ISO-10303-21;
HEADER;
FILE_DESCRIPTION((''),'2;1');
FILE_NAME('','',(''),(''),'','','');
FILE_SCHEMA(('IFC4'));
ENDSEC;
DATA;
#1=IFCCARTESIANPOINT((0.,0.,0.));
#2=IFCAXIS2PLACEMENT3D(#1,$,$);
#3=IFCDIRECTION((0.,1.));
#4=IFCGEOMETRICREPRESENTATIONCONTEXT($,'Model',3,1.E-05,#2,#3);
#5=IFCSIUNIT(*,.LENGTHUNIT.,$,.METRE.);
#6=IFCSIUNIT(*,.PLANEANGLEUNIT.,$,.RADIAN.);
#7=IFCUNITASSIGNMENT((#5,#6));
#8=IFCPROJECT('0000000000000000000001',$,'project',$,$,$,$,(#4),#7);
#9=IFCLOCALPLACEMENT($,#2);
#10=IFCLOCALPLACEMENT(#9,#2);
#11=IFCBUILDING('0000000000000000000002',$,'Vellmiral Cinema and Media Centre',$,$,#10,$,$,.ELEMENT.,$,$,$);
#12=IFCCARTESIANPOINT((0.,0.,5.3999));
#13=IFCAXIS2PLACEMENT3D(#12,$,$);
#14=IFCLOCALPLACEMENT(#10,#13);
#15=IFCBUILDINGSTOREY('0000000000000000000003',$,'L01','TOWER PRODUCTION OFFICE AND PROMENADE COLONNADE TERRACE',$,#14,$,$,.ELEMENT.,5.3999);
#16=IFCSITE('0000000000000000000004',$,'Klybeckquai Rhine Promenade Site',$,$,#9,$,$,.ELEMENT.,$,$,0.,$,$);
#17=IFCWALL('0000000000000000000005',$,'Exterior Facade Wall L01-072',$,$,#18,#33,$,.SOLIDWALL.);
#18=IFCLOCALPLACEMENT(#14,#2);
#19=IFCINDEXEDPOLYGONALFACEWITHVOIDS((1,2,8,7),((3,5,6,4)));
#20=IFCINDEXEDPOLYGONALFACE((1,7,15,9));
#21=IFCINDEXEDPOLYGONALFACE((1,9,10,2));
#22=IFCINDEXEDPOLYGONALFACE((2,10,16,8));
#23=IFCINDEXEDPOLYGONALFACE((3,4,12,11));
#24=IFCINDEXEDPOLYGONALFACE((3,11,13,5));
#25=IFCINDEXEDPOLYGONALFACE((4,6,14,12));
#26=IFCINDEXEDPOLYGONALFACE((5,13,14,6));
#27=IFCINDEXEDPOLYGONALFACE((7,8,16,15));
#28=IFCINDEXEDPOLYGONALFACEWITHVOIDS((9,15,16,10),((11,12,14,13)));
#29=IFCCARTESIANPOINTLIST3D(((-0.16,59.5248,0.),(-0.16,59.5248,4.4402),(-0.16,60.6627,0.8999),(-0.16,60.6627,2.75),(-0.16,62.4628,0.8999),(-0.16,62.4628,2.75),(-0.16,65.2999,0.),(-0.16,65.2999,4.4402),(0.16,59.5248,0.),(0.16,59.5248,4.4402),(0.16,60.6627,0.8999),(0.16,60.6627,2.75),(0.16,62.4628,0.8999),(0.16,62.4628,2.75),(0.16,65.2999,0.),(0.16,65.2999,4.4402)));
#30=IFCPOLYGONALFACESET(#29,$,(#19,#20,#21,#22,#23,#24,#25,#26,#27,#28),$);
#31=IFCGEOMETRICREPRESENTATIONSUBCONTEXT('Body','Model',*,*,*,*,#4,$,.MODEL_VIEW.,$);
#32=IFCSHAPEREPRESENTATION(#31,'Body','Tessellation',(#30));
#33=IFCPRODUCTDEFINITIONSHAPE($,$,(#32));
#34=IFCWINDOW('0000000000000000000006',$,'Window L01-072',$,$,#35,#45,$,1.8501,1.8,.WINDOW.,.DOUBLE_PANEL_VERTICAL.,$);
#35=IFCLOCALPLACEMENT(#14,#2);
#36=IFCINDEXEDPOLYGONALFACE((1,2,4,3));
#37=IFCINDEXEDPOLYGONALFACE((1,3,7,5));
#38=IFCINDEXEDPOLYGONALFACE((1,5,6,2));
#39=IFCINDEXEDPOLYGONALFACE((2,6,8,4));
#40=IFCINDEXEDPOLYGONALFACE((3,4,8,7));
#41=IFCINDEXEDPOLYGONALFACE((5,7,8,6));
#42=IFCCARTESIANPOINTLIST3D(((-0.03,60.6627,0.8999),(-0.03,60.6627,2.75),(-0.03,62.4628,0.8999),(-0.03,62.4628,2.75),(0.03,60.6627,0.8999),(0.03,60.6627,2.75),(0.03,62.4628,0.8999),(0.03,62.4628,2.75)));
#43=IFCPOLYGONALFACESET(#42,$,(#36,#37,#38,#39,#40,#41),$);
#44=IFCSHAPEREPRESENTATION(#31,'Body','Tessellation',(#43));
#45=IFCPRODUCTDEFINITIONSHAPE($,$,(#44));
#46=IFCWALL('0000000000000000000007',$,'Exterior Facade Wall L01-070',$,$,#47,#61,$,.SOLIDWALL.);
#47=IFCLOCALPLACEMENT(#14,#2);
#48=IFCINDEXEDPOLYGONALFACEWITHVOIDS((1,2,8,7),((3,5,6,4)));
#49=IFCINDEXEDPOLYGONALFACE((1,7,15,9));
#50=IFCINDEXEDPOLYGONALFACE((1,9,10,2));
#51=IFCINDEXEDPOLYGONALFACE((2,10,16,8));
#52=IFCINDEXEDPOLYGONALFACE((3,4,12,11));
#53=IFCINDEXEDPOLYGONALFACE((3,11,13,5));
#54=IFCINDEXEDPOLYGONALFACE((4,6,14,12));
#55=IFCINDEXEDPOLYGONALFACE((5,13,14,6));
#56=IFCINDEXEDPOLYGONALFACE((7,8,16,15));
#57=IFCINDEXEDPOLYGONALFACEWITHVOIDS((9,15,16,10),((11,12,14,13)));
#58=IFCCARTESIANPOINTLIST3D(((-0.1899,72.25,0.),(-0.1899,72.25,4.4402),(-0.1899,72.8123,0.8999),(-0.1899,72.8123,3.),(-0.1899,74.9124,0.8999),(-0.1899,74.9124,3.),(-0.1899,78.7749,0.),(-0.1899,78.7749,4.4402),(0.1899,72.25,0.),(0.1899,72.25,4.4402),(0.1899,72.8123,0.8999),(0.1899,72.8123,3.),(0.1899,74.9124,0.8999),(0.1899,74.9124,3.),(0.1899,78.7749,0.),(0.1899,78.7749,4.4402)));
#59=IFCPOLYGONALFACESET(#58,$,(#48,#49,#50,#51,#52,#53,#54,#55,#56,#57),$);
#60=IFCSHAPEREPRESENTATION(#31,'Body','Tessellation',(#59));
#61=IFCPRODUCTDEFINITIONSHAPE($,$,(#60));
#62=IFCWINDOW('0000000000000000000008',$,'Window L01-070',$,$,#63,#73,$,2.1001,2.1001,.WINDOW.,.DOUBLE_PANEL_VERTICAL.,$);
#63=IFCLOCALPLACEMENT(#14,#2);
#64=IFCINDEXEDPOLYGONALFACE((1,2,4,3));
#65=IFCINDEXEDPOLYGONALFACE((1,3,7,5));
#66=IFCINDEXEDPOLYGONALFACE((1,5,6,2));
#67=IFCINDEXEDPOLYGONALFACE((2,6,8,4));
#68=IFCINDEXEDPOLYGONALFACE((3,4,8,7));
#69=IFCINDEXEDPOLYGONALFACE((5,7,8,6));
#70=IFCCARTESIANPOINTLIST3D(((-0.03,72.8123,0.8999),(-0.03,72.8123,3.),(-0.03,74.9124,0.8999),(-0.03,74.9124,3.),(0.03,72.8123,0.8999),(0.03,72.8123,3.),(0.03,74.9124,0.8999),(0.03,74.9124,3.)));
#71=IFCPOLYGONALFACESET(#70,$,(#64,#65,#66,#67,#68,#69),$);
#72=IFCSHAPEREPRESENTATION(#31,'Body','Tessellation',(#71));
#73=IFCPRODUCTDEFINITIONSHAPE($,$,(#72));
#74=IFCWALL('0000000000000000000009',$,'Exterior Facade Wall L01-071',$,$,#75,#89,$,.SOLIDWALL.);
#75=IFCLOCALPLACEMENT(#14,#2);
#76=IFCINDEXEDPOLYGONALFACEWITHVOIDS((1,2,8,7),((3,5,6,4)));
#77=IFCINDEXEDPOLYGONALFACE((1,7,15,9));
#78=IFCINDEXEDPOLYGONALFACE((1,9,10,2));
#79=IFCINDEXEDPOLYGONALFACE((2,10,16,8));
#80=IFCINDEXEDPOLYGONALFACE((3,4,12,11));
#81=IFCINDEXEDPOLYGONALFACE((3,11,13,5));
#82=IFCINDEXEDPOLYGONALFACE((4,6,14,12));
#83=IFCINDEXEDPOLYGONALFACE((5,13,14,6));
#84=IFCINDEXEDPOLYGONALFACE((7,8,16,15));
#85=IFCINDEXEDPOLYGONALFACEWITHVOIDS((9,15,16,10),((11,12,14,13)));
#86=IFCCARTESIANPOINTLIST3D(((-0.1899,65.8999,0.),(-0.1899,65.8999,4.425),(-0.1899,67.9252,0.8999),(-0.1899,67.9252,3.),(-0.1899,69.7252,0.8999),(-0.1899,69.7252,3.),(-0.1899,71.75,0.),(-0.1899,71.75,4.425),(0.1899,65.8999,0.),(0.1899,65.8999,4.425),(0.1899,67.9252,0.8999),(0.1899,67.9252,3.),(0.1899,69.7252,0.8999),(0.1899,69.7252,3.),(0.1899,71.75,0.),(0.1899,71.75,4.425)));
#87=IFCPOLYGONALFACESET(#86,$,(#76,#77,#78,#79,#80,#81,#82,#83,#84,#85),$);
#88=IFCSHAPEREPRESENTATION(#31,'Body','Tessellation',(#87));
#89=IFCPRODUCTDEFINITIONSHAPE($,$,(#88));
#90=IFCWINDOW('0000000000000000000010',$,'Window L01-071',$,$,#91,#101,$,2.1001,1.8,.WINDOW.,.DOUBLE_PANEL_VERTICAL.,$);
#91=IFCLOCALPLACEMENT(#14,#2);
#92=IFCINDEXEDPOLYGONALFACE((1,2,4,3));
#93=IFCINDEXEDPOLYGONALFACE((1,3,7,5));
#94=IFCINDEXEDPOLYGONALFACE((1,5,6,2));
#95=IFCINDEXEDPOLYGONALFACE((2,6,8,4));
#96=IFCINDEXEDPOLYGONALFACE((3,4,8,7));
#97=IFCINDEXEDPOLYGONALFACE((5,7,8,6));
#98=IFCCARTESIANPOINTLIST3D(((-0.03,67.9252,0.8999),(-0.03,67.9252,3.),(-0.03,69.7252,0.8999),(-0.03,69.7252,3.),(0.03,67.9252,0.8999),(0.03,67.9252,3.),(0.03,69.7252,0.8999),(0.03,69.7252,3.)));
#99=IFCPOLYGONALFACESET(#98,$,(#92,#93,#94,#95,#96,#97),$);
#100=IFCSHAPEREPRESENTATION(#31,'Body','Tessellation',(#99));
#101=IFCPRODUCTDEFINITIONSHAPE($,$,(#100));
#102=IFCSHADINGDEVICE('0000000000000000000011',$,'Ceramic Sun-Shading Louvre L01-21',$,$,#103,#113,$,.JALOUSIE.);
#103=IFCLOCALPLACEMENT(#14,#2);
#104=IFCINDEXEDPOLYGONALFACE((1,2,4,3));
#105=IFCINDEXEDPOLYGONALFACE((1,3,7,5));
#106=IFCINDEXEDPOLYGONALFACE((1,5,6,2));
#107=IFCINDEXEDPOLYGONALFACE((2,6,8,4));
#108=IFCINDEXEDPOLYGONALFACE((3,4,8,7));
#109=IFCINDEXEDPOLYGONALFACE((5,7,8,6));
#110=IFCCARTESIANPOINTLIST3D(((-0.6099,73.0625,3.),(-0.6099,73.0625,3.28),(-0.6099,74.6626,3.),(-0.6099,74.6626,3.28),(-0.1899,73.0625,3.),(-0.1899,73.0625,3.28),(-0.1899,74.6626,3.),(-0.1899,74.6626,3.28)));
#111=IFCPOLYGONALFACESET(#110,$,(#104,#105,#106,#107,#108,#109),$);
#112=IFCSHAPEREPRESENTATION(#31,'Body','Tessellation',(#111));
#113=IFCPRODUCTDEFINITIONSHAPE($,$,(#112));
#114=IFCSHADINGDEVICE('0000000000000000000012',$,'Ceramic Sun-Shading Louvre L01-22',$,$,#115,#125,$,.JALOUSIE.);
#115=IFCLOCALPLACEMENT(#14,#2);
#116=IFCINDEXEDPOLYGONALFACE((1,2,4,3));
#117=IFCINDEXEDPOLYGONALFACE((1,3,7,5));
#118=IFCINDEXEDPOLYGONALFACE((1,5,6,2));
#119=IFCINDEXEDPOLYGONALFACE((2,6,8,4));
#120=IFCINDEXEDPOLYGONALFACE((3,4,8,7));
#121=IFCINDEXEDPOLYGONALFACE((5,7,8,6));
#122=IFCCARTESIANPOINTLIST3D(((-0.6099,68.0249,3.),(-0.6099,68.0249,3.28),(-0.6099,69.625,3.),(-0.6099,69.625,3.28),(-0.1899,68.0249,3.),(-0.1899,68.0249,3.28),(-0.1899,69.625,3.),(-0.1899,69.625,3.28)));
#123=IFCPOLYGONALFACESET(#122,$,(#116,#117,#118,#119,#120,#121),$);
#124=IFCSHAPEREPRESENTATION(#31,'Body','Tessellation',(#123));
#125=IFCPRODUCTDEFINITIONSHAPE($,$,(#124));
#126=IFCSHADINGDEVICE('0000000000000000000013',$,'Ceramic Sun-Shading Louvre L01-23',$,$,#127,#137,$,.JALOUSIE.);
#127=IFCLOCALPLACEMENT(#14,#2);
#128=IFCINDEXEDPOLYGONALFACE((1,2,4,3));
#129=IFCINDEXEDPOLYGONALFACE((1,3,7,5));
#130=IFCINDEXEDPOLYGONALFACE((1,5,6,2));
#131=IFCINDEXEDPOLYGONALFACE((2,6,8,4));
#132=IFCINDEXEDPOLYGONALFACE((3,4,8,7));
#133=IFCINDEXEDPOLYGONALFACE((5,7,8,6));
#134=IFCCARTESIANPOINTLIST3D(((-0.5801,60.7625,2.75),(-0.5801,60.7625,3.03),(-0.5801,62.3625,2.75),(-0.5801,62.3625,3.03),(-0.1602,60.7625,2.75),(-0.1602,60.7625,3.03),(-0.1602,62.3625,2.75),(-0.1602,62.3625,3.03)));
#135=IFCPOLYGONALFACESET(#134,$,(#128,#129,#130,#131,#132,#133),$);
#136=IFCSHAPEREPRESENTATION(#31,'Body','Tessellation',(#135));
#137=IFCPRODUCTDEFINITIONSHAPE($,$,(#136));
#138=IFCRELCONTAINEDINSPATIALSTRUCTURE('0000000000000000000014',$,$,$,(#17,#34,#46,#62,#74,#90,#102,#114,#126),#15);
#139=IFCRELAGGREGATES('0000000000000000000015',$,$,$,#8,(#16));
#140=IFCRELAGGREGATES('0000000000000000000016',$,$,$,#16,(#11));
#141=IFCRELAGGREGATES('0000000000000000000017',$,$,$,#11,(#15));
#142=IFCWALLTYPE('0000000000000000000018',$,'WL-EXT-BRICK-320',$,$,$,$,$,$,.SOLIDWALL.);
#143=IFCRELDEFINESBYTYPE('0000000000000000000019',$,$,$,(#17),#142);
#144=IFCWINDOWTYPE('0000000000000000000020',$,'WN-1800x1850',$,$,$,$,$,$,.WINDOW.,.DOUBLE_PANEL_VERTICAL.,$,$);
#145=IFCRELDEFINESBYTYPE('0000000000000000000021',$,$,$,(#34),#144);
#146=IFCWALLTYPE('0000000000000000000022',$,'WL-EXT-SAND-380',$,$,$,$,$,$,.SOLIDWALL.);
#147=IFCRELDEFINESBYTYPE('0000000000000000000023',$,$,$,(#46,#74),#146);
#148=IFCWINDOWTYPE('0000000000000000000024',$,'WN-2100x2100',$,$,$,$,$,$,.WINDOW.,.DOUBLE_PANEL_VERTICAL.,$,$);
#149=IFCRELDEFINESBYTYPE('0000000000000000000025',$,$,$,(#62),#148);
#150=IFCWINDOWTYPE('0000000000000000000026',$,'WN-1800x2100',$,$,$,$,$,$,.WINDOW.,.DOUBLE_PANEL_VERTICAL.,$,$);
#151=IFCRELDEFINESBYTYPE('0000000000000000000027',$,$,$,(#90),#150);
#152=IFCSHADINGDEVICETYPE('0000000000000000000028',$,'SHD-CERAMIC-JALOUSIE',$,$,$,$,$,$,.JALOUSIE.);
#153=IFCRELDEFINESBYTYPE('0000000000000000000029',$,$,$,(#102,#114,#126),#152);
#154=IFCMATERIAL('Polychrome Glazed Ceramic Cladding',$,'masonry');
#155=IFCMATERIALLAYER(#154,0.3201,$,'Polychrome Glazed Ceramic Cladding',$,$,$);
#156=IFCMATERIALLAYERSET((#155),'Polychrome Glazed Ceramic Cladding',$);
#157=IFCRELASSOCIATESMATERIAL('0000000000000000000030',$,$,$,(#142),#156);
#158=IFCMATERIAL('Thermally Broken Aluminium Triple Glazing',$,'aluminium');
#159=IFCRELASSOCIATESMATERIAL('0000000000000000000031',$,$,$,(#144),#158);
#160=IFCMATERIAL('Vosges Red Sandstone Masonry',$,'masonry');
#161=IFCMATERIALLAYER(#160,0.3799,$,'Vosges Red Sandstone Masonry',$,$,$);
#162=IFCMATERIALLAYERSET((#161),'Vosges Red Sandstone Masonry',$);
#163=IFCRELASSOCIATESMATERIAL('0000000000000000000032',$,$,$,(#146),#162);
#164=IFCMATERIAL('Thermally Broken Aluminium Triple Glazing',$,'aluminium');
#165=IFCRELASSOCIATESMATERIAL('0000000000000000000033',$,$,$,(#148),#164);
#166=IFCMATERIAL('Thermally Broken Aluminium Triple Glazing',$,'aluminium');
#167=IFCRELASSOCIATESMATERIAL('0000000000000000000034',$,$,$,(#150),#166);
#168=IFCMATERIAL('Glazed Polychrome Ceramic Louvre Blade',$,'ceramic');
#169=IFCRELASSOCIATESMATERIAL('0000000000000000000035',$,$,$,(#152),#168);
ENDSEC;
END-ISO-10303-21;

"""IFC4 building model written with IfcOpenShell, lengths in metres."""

from ifc_helpers import new_model, si_unit, direction, frame, frame_2d, origin, origin_2d, place, context, subcontext, project, spatial, rectangle, extrude, material, layer, layer_set, type_object, element, fill, save


model = new_model("IFC4")

# Units and contexts
model_context = context("Model", 3, precision=1e-05, world=origin(), true_north=direction((0.0, 1.0)))
body_context = subcontext(model_context, "Body", "Model", "MODEL_VIEW")
ifc_project = project(units=[si_unit("LENGTHUNIT", "METRE"), si_unit("PLANEANGLEUNIT", "RADIAN")], contexts=[model_context])

# Site, building, storey
site_placement = place(None, origin())
site = spatial("IfcSite", under=ifc_project, at=site_placement, Name="Klybeckquai Rhine Promenade Site", CompositionType="ELEMENT", RefElevation=0.0)
building_placement = place(site_placement, origin())
building = spatial("IfcBuilding", under=site, at=building_placement, Name="Vellmiral Cinema and Media Centre", CompositionType="ELEMENT")
storey_placement = place(building_placement, frame((0.0, 0.0, 5.3999)))
storey = spatial("IfcBuildingStorey", under=building, at=storey_placement, Name="L01", Description="TOWER PRODUCTION OFFICE AND PROMENADE COLONNADE TERRACE", CompositionType="ELEMENT", Elevation=5.3999)

# Walls, openings, windows
ifc_material_1 = material(Name="Polychrome Glazed Ceramic Cladding", Category="masonry")
ifc_layer_1 = layer(ifc_material_1, 0.3201, Name="Polychrome Glazed Ceramic Cladding")
ifc_layer_set_1 = layer_set([ifc_layer_1], Name="Polychrome Glazed Ceramic Cladding")
wall_type_1 = type_object("IfcWallType", Name="WL-EXT-BRICK-320", PredefinedType="SOLIDWALL", material=ifc_layer_set_1)
wall_1_placement = place(storey_placement, frame((0.0, 65.3, 0.0), z_axis=(0.0, 0.0, 1.0), x_axis=(0.0, -1.0, 0.0)))
wall_1 = element("IfcWall", 1, at=wall_1_placement, inside=storey, type_object=wall_type_1, Name="Exterior Facade Wall L01-072", PredefinedType="SOLIDWALL", context=body_context, shape_type="SweptSolid", body=[
    extrude(rectangle(XDim=5.7751, YDim=0.3201, at=frame_2d((2.8877, 0.0))), origin(), (0.0, 0.0, 1.0), 4.4402),
])
opening_1_placement = place(wall_1_placement, frame((2.8374, 0.0, 0.8999)))
opening_1 = element("IfcOpeningElement", 2, at=opening_1_placement, cuts=wall_1, PredefinedType="OPENING", context=body_context, shape_type="SweptSolid", body=[
    extrude(rectangle(XDim=1.8, YDim=1.8501, at=frame_2d((0.8999, 0.925))), frame((0.0, 0.1719, 0.0), z_axis=(0.0, -1.0, 0.0), x_axis=(1.0, 0.0, 0.0)), (0.0, 0.0, 1.0), 0.344),
])
ifc_material_2 = material(Name="Thermally Broken Aluminium Triple Glazing", Category="aluminium")
window_type_1 = type_object("IfcWindowType", Name="WN-1800x1850", PartitioningType="DOUBLE_PANEL_VERTICAL", PredefinedType="WINDOW", material=ifc_material_2)
window_1_placement = place(opening_1_placement, origin())
window_1 = element("IfcWindow", 3, at=window_1_placement, inside=storey, type_object=window_type_1, Name="Window L01-072", OverallHeight=1.8501, OverallWidth=1.8, PartitioningType="DOUBLE_PANEL_VERTICAL", PredefinedType="WINDOW", context=body_context, shape_type="SweptSolid", body=[
    extrude(rectangle(XDim=1.8, YDim=1.8501, at=frame_2d((0.8999, 0.925))), frame((0.0, 0.03, 0.0), z_axis=(0.0, -1.0, 0.0), x_axis=(1.0, 0.0, 0.0)), (0.0, 0.0, 1.0), 0.0601),
])
fill(opening_1, window_1)
ifc_material_3 = material(Name="Vosges Red Sandstone Masonry", Category="masonry")
ifc_layer_2 = layer(ifc_material_3, 0.3799, Name="Vosges Red Sandstone Masonry")
ifc_layer_set_2 = layer_set([ifc_layer_2], Name="Vosges Red Sandstone Masonry")
wall_type_2 = type_object("IfcWallType", Name="WL-EXT-SAND-380", PredefinedType="SOLIDWALL", material=ifc_layer_set_2)
wall_2_placement = place(storey_placement, frame((0.0, 78.7749, 0.0), z_axis=(0.0, 0.0, 1.0), x_axis=(0.0, -1.0, 0.0)))
wall_2 = element("IfcWall", 4, at=wall_2_placement, inside=storey, type_object=wall_type_2, Name="Exterior Facade Wall L01-070", PredefinedType="SOLIDWALL", context=body_context, shape_type="SweptSolid", body=[
    extrude(rectangle(XDim=6.5249, YDim=0.3799, at=frame_2d((3.2625, 0.0))), origin(), (0.0, 0.0, 1.0), 4.4402),
])
opening_2_placement = place(wall_2_placement, frame((3.8625, 0.0, 0.8999)))
opening_2 = element("IfcOpeningElement", 5, at=opening_2_placement, cuts=wall_2, PredefinedType="OPENING", context=body_context, shape_type="SweptSolid", body=[
    extrude(rectangle(XDim=2.1001, YDim=2.1001, at=frame_2d((1.05, 1.05))), frame((0.0, 0.2019, 0.0), z_axis=(0.0, -1.0, 0.0), x_axis=(1.0, 0.0, 0.0)), (0.0, 0.0, 1.0), 0.4038),
])
ifc_material_4 = material(Name="Thermally Broken Aluminium Triple Glazing", Category="aluminium")
window_type_2 = type_object("IfcWindowType", Name="WN-2100x2100", PartitioningType="DOUBLE_PANEL_VERTICAL", PredefinedType="WINDOW", material=ifc_material_4)
window_2_placement = place(opening_2_placement, origin())
window_2 = element("IfcWindow", 6, at=window_2_placement, inside=storey, type_object=window_type_2, Name="Window L01-070", OverallHeight=2.1001, OverallWidth=2.1001, PartitioningType="DOUBLE_PANEL_VERTICAL", PredefinedType="WINDOW", context=body_context, shape_type="SweptSolid", body=[
    extrude(rectangle(XDim=2.1001, YDim=2.1001, at=frame_2d((1.05, 1.05))), frame((0.0, 0.03, 0.0), z_axis=(0.0, -1.0, 0.0), x_axis=(1.0, 0.0, 0.0)), (0.0, 0.0, 1.0), 0.0601),
])
fill(opening_2, window_2)
wall_3_placement = place(storey_placement, frame((0.0, 71.75, 0.0), z_axis=(0.0, 0.0, 1.0), x_axis=(0.0, -1.0, 0.0)))
wall_3 = element("IfcWall", 7, at=wall_3_placement, inside=storey, type_object=wall_type_2, Name="Exterior Facade Wall L01-071", PredefinedType="SOLIDWALL", context=body_context, shape_type="SweptSolid", body=[
    extrude(rectangle(XDim=5.8501, YDim=0.3799, at=frame_2d((2.925, 0.0))), origin(), (0.0, 0.0, 1.0), 4.425),
])
opening_3_placement = place(wall_3_placement, frame((2.0249, 0.0, 0.8999)))
opening_3 = element("IfcOpeningElement", 8, at=opening_3_placement, cuts=wall_3, PredefinedType="OPENING", context=body_context, shape_type="SweptSolid", body=[
    extrude(rectangle(XDim=1.8, YDim=2.1001, at=frame_2d((0.8999, 1.05))), frame((0.0, 0.2019, 0.0), z_axis=(0.0, -1.0, 0.0), x_axis=(1.0, 0.0, 0.0)), (0.0, 0.0, 1.0), 0.4038),
])
ifc_material_5 = material(Name="Thermally Broken Aluminium Triple Glazing", Category="aluminium")
window_type_3 = type_object("IfcWindowType", Name="WN-1800x2100", PartitioningType="DOUBLE_PANEL_VERTICAL", PredefinedType="WINDOW", material=ifc_material_5)
window_3_placement = place(opening_3_placement, origin())
window_3 = element("IfcWindow", 9, at=window_3_placement, inside=storey, type_object=window_type_3, Name="Window L01-071", OverallHeight=2.1001, OverallWidth=1.8, PartitioningType="DOUBLE_PANEL_VERTICAL", PredefinedType="WINDOW", context=body_context, shape_type="SweptSolid", body=[
    extrude(rectangle(XDim=1.8, YDim=2.1001, at=frame_2d((0.8999, 1.05))), frame((0.0, 0.03, 0.0), z_axis=(0.0, -1.0, 0.0), x_axis=(1.0, 0.0, 0.0)), (0.0, 0.0, 1.0), 0.0601),
])
fill(opening_3, window_3)

# Shading devices
ifc_material_6 = material(Name="Glazed Polychrome Ceramic Louvre Blade", Category="ceramic")
shading_device_type = type_object("IfcShadingDeviceType", Name="SHD-CERAMIC-JALOUSIE", PredefinedType="JALOUSIE", material=ifc_material_6)
for number, where, z_axis, x_axis, name in (
    (10, (-0.3999, 73.8625, 3.0), (0.0, 0.0, 1.0), (0.0, -1.0, 0.0), "Ceramic Sun-Shading Louvre L01-21"),
    (11, (-0.3999, 68.825, 3.0), (0.0, 0.0, 1.0), (0.0, -1.0, 0.0), "Ceramic Sun-Shading Louvre L01-22"),
    (12, (-0.3701, 61.5625, 2.75), (0.0, 0.0, 1.0), (0.0, -1.0, 0.0), "Ceramic Sun-Shading Louvre L01-23"),
):
    element("IfcShadingDevice", number, at=place(storey_placement, frame(where, z_axis=z_axis, x_axis=x_axis)), inside=storey, type_object=shading_device_type, Name=name, PredefinedType="JALOUSIE", context=body_context, shape_type="SweptSolid", body=[
        extrude(rectangle(XDim=1.6001, YDim=0.4199, at=origin_2d()), origin(), (0.0, 0.0, 1.0), 0.28),
    ])

save(model, "model.ifc")
